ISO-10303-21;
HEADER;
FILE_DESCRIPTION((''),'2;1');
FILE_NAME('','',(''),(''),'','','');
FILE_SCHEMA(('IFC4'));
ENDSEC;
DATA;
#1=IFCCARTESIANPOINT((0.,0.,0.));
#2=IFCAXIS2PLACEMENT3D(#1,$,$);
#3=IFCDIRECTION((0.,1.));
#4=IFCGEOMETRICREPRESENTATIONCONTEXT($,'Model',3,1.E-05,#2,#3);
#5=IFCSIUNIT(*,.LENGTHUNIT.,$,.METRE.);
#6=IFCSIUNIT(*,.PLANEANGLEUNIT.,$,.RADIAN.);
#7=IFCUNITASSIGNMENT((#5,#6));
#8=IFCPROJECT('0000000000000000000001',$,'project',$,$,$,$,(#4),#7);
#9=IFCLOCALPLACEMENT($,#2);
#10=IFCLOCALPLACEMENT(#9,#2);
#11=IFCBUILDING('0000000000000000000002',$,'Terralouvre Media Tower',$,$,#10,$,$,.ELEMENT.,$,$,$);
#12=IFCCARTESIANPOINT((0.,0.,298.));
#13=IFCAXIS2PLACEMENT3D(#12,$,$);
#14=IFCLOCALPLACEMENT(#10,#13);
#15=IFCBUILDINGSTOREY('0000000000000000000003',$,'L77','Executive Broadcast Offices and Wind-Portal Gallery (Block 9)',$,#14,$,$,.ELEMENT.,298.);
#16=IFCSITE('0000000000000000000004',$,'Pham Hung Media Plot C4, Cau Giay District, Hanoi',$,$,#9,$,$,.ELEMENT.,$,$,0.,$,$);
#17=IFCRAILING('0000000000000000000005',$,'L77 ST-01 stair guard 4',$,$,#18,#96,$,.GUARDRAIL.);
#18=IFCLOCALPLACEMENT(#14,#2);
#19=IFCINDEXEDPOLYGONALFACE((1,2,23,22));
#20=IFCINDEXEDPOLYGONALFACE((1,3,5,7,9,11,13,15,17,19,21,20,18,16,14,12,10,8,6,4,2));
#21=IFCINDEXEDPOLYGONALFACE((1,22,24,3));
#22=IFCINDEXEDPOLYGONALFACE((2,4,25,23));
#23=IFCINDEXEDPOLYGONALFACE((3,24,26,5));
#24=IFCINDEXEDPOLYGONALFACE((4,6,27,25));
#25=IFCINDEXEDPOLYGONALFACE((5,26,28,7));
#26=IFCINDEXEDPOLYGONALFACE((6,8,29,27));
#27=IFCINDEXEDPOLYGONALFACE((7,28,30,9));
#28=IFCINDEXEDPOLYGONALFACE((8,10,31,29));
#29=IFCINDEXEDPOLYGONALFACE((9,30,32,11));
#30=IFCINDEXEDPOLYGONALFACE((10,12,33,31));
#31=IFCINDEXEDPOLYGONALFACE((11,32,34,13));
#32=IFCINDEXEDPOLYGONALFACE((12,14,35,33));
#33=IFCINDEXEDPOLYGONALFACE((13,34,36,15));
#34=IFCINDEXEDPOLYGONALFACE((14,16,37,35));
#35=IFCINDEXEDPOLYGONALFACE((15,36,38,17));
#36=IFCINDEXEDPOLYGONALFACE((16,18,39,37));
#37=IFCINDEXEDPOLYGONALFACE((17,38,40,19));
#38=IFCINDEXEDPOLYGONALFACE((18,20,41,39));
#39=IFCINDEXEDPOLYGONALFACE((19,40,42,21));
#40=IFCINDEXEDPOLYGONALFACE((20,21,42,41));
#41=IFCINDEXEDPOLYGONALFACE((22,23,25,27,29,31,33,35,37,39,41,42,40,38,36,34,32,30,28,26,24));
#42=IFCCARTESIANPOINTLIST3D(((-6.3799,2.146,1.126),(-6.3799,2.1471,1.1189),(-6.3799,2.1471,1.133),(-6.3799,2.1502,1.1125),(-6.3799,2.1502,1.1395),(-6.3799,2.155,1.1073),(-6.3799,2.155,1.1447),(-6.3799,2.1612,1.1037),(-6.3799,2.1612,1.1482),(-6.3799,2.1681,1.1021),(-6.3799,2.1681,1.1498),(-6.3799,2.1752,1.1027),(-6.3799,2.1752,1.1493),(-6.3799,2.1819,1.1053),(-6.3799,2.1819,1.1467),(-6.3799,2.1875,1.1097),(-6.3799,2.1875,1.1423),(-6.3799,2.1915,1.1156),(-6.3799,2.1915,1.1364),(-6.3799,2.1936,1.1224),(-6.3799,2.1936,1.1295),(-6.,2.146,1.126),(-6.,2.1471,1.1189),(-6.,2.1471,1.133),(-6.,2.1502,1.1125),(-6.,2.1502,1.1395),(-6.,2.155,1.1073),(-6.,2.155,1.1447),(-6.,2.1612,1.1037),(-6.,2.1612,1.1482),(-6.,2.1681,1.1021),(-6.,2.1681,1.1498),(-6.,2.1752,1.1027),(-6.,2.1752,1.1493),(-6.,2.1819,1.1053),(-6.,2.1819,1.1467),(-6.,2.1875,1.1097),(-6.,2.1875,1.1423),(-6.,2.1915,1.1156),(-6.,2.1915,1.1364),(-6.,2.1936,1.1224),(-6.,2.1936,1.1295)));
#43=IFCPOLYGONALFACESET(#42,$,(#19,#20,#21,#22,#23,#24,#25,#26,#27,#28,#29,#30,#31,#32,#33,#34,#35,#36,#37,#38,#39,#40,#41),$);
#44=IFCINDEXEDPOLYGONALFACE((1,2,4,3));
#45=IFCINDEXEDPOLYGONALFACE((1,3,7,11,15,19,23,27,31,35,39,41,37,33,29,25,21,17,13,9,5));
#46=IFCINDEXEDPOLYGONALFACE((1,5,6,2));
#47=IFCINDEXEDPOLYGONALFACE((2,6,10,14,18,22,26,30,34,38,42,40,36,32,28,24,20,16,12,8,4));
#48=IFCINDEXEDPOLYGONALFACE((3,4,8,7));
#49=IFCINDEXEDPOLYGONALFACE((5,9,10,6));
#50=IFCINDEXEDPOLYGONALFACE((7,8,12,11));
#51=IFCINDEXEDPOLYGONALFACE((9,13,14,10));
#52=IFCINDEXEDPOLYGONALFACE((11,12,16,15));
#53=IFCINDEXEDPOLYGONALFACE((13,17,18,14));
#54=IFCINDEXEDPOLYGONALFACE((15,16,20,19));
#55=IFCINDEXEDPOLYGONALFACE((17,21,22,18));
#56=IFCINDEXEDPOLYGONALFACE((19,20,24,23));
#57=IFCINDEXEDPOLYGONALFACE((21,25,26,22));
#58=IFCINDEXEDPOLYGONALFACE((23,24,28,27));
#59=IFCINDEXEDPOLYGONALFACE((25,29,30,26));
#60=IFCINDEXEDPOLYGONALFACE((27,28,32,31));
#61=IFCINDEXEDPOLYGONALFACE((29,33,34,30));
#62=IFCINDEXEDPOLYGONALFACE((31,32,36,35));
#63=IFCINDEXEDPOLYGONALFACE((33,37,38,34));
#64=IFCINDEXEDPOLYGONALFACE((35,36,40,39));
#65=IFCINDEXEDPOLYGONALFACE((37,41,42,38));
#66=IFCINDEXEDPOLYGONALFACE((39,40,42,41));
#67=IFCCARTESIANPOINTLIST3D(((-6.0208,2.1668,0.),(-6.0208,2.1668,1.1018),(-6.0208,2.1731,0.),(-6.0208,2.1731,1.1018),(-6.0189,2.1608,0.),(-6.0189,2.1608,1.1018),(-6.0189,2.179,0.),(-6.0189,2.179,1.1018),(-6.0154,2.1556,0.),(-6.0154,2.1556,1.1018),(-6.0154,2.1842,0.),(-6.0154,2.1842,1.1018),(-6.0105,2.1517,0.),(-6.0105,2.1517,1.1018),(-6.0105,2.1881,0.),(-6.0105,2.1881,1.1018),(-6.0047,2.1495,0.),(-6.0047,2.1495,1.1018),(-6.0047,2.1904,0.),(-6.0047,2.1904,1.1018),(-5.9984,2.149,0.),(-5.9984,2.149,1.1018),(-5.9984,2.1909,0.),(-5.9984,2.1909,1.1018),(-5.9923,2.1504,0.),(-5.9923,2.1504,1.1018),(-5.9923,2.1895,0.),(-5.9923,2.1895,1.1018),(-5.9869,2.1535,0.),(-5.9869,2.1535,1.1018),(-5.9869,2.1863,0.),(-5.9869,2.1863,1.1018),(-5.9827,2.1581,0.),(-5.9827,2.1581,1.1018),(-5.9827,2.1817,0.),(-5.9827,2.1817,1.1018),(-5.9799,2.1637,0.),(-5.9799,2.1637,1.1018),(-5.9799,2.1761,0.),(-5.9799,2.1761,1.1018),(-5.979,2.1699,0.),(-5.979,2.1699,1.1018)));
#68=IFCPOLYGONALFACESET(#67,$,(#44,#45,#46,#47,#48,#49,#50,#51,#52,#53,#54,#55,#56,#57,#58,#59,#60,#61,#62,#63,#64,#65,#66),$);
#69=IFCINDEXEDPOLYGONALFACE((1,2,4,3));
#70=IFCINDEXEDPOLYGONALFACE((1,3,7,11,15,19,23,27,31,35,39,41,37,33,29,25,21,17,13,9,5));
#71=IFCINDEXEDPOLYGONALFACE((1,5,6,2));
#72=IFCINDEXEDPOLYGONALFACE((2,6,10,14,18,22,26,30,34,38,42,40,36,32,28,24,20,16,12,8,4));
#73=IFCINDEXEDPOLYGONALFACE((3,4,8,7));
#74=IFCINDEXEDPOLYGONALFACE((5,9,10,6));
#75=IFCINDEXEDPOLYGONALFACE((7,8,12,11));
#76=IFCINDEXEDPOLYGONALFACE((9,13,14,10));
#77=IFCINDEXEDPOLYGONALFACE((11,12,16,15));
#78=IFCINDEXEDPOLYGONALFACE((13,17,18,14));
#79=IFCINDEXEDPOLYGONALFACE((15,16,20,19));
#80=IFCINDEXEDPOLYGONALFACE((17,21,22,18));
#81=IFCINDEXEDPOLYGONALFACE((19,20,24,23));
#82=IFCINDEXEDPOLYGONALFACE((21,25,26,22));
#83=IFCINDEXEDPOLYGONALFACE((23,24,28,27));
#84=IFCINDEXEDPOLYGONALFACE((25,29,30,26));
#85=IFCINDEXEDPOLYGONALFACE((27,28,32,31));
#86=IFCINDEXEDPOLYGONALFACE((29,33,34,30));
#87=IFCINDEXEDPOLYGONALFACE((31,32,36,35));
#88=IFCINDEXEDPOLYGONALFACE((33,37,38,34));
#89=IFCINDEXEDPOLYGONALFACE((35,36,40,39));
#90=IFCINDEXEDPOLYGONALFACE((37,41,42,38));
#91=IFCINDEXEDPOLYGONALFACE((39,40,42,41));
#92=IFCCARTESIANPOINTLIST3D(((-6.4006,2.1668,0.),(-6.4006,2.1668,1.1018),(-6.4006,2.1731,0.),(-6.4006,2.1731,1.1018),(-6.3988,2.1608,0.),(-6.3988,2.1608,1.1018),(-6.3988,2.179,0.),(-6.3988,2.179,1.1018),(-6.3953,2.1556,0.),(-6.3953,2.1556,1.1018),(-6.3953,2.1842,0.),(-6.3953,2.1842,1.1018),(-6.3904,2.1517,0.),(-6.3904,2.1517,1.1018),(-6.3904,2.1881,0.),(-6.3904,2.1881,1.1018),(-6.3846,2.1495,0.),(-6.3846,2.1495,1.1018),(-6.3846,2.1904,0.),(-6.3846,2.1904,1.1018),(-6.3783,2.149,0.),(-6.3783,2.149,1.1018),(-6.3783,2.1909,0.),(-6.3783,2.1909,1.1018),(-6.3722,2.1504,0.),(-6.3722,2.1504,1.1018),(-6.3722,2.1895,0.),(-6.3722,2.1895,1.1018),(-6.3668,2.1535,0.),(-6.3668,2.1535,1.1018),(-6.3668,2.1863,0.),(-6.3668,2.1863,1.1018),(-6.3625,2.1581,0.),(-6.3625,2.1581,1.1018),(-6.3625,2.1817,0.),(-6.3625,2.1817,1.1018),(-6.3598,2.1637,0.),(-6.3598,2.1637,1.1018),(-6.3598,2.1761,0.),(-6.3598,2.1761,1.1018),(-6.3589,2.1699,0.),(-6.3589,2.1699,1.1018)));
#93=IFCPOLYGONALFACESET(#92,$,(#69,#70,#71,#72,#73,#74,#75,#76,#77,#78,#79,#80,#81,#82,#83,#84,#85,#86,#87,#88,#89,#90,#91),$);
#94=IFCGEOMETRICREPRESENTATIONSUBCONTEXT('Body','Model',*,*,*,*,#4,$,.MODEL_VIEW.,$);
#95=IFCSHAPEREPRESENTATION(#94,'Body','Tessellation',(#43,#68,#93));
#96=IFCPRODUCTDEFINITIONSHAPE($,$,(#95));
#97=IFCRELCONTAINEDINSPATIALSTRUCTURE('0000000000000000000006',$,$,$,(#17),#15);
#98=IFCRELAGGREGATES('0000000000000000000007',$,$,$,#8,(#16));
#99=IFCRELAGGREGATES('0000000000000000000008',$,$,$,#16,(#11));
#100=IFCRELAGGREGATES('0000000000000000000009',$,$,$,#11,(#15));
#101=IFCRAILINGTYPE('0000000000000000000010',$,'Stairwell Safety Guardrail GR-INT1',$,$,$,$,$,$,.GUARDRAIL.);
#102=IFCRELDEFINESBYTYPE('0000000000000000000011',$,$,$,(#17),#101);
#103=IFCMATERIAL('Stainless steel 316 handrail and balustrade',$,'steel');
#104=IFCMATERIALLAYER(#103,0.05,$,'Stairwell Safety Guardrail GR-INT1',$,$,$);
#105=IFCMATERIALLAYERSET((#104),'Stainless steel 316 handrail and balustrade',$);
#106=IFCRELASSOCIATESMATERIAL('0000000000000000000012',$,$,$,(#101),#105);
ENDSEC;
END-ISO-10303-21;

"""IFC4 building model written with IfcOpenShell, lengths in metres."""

from ifc_helpers import new_model, si_unit, direction, frame, origin, origin_2d, place, context, subcontext, project, spatial, circle, extrude, material, layer, layer_set, type_object, element, save


model = new_model("IFC4")

# Units and contexts
model_context = context("Model", 3, precision=1e-05, world=origin(), true_north=direction((0.0, 1.0)))
body_context = subcontext(model_context, "Body", "Model", "MODEL_VIEW")
ifc_project = project(units=[si_unit("LENGTHUNIT", "METRE"), si_unit("PLANEANGLEUNIT", "RADIAN")], contexts=[model_context])

# Site, building, storey
site_placement = place(None, origin())
site = spatial("IfcSite", under=ifc_project, at=site_placement, Name="Pham Hung Media Plot C4, Cau Giay District, Hanoi", CompositionType="ELEMENT", RefElevation=0.0)
building_placement = place(site_placement, origin())
building = spatial("IfcBuilding", under=site, at=building_placement, Name="Terralouvre Media Tower", CompositionType="ELEMENT")
storey_placement = place(building_placement, frame((0.0, 0.0, 298.0)))
storey = spatial("IfcBuildingStorey", under=building, at=storey_placement, Name="L77", Description="Executive Broadcast Offices and Wind-Portal Gallery (Block 9)", CompositionType="ELEMENT", Elevation=298.0)

# Railing
ifc_material_1 = material(Name="Stainless steel 316 handrail and balustrade", Category="steel")
ifc_layer_1 = layer(ifc_material_1, 0.05, Name="Stairwell Safety Guardrail GR-INT1")
ifc_layer_set_1 = layer_set([ifc_layer_1], Name="Stainless steel 316 handrail and balustrade")
railing_type_1 = type_object("IfcRailingType", Name="Stairwell Safety Guardrail GR-INT1", PredefinedType="GUARDRAIL", material=ifc_layer_set_1)
railing_1_placement = place(storey_placement, frame((-6.0, 2.1699, 0.0)))
element("IfcRailing", 1, at=railing_1_placement, inside=storey, type_object=railing_type_1, Name="L77 ST-01 stair guard 4", PredefinedType="GUARDRAIL", context=body_context, shape_type="SweptSolid", body=[
    extrude(circle(Radius=0.0239, at=origin_2d()), frame((0.0, 0.0, 1.126), z_axis=(-1.0, 0.0, 0.0), x_axis=(0.0, -1.0, 0.0)), (0.0, 0.0, 1.0), 0.3799),
    extrude(circle(Radius=0.021, at=origin_2d()), origin(), (0.0, 0.0, 1.0), 1.1018),
    extrude(circle(Radius=0.021, at=origin_2d()), frame((-0.3799, 0.0, 0.0)), (0.0, 0.0, 1.0), 1.1018),
])

save(model, "model.ifc")
